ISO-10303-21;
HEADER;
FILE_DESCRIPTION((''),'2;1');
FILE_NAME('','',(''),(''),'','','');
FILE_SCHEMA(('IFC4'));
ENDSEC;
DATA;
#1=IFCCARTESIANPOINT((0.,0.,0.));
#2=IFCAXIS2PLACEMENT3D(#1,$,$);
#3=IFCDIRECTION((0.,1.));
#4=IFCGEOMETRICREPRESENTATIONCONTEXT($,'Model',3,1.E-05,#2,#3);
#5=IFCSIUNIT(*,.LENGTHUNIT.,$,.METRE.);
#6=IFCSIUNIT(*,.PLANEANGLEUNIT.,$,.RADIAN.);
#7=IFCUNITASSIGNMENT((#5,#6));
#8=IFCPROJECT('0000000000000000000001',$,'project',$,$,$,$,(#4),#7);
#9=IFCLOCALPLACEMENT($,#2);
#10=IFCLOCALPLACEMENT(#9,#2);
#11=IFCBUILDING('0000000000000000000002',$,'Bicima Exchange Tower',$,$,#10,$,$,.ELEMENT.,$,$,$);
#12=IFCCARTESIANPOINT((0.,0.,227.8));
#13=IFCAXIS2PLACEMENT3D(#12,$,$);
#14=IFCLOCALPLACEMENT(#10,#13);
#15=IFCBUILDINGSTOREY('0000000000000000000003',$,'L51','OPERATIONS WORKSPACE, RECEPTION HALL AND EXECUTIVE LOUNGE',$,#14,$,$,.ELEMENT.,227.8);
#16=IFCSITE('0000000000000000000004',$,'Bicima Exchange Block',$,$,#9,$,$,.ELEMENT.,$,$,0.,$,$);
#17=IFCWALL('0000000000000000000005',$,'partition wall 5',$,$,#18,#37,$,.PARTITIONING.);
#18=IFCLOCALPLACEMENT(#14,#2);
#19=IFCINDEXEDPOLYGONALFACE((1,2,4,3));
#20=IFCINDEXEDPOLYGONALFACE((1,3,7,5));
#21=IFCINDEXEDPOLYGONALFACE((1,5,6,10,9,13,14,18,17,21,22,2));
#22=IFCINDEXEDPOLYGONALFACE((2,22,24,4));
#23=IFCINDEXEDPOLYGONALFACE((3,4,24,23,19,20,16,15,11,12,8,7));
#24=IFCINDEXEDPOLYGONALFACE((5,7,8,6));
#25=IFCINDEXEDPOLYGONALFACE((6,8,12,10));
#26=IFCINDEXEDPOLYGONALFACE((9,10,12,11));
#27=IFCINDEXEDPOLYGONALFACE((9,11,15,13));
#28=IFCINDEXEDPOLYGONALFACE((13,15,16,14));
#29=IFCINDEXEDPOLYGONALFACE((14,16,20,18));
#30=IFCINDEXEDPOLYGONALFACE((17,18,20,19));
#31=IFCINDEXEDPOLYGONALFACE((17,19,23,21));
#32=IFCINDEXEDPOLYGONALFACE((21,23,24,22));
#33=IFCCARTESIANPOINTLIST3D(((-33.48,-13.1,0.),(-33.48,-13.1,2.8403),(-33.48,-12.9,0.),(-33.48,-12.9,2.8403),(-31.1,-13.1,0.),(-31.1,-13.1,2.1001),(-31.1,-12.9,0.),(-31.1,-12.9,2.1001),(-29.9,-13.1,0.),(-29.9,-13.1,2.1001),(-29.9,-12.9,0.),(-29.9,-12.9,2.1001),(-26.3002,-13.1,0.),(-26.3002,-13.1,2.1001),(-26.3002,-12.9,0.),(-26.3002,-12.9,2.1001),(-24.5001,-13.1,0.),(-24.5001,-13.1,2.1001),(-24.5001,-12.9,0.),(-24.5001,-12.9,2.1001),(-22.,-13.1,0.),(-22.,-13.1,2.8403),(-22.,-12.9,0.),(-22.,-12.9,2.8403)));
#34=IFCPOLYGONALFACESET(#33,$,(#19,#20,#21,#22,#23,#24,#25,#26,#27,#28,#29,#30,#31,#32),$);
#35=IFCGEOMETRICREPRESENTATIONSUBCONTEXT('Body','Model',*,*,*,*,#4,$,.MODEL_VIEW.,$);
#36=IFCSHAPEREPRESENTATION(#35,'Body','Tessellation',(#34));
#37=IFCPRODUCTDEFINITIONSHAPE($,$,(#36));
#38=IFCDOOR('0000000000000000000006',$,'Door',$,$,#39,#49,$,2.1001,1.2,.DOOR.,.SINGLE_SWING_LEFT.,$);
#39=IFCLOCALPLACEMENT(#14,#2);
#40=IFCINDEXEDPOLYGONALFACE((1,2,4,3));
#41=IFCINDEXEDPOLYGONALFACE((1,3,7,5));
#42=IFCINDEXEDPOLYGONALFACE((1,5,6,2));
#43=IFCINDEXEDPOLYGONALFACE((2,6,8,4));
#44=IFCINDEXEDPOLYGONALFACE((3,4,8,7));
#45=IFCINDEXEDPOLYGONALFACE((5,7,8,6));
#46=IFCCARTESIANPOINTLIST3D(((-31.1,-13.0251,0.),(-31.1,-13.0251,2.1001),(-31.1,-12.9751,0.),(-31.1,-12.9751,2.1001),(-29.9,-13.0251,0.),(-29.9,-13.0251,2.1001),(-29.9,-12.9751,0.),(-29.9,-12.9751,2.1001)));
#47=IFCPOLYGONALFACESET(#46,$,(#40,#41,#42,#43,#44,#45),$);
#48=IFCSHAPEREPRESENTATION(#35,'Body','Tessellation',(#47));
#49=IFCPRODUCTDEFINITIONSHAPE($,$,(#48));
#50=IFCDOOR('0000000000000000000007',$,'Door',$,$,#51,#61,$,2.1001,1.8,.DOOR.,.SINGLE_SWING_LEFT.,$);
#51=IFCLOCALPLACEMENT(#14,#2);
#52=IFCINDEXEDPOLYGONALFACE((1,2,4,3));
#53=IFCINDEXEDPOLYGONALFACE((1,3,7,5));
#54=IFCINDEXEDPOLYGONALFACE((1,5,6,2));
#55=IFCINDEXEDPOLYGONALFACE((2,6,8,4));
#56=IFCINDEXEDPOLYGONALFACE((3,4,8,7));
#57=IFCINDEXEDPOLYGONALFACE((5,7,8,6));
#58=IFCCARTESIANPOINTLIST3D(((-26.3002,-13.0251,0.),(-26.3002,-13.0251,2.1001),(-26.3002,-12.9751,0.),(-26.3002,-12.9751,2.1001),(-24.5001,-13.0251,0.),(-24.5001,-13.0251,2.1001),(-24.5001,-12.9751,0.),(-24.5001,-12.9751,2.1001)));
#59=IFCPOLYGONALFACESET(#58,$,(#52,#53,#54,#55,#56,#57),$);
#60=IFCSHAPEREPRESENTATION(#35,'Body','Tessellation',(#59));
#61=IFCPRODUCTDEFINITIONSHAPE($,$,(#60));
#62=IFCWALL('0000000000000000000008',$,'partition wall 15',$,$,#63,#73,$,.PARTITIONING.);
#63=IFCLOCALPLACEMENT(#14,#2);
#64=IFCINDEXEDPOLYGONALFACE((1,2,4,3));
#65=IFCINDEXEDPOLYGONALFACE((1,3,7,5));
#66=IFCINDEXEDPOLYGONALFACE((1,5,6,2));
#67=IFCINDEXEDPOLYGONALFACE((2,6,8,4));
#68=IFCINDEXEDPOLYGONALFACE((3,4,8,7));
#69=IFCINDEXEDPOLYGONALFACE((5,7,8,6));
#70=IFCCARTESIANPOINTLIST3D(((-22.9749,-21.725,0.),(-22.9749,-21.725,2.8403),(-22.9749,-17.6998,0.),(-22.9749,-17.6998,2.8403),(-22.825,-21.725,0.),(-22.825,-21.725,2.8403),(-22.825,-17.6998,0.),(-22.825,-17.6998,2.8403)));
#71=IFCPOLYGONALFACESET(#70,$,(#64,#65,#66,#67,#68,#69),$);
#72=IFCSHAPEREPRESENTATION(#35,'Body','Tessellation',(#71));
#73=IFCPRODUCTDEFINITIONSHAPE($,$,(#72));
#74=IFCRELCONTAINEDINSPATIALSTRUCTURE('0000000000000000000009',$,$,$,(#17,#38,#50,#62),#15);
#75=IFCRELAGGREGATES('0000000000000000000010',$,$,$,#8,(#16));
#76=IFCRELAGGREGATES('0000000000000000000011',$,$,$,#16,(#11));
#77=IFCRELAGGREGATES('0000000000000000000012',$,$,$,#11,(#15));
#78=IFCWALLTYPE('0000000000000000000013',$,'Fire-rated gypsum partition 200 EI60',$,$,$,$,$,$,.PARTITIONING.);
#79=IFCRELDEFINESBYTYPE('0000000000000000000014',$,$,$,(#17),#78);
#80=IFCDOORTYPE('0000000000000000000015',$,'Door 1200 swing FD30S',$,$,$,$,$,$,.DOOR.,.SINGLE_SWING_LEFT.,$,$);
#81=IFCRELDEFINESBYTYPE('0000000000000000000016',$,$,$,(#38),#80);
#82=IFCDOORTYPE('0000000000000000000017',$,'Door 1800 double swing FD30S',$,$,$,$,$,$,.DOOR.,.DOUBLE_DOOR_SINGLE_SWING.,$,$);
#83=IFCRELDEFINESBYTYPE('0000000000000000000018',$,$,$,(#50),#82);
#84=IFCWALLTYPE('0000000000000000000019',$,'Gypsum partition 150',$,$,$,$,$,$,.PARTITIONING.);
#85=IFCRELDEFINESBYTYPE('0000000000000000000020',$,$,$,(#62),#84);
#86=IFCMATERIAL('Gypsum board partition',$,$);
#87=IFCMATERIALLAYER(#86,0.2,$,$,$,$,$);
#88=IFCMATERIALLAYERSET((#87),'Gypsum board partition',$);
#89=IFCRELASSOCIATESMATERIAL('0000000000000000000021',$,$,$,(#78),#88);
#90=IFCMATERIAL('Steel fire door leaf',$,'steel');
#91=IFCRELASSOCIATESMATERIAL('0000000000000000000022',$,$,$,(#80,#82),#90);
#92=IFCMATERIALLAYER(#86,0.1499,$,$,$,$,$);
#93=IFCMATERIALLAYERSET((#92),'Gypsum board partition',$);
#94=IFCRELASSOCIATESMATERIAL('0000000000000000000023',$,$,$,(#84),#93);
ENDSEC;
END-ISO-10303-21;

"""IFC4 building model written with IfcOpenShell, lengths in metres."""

from ifc_helpers import new_model, si_unit, direction, frame, frame_2d, origin, place, context, subcontext, project, spatial, rectangle, extrude, material, layer, layer_set, type_object, element, fill, save


model = new_model("IFC4")

# Units and contexts
model_context = context("Model", 3, precision=1e-05, world=origin(), true_north=direction((0.0, 1.0)))
body_context = subcontext(model_context, "Body", "Model", "MODEL_VIEW")
ifc_project = project(units=[si_unit("LENGTHUNIT", "METRE"), si_unit("PLANEANGLEUNIT", "RADIAN")], contexts=[model_context])

# Site, building, storey
site_placement = place(None, origin())
site = spatial("IfcSite", under=ifc_project, at=site_placement, Name="Bicima Exchange Block", CompositionType="ELEMENT", RefElevation=0.0)
building_placement = place(site_placement, origin())
building = spatial("IfcBuilding", under=site, at=building_placement, Name="Bicima Exchange Tower", CompositionType="ELEMENT")
storey_placement = place(building_placement, frame((0.0, 0.0, 227.8)))
storey = spatial("IfcBuildingStorey", under=building, at=storey_placement, Name="L51", Description="OPERATIONS WORKSPACE, RECEPTION HALL AND EXECUTIVE LOUNGE", CompositionType="ELEMENT", Elevation=227.8)

# Shared definitions
ifc_material_1 = material(Name="Gypsum board partition")
ifc_layer_1 = layer(ifc_material_1, 0.2)
ifc_layer_set_1 = layer_set([ifc_layer_1], Name="Gypsum board partition")
wall_type_1 = type_object("IfcWallType", Name="Fire-rated gypsum partition 200 EI60", PredefinedType="PARTITIONING", material=ifc_layer_set_1)
ifc_material_2 = material(Name="Steel fire door leaf", Category="steel")

# Wall, openings, doors
wall_1_placement = place(storey_placement, frame((-33.48, -13.0, 0.0), z_axis=(0.0, 0.0, 1.0), x_axis=(1.0, 0.0, 0.0)))
wall_1 = element("IfcWall", 1, at=wall_1_placement, inside=storey, type_object=wall_type_1, Name="partition wall 5", PredefinedType="PARTITIONING", context=body_context, shape_type="SweptSolid", body=[
    extrude(rectangle(XDim=11.48, YDim=0.2, at=frame_2d((5.74, 0.0))), origin(), (0.0, 0.0, 1.0), 2.8403),
])
opening_1_placement = place(wall_1_placement, frame((2.3799, 0.0, 0.0)))
opening_1 = element("IfcOpeningElement", 2, at=opening_1_placement, cuts=wall_1, PredefinedType="OPENING", context=body_context, shape_type="SweptSolid", body=[
    extrude(rectangle(XDim=1.2, YDim=2.1001, at=frame_2d((0.6001, 1.05))), frame((0.0, 0.1118, 0.0), z_axis=(0.0, -1.0, 0.0), x_axis=(1.0, 0.0, 0.0)), (0.0, 0.0, 1.0), 0.2239),
])
opening_2_placement = place(wall_1_placement, frame((7.1799, 0.0, 0.0)))
opening_2 = element("IfcOpeningElement", 3, at=opening_2_placement, cuts=wall_1, PredefinedType="OPENING", context=body_context, shape_type="SweptSolid", body=[
    extrude(rectangle(XDim=1.8, YDim=2.1001, at=frame_2d((0.8999, 1.05))), frame((0.0, 0.1118, 0.0), z_axis=(0.0, -1.0, 0.0), x_axis=(1.0, 0.0, 0.0)), (0.0, 0.0, 1.0), 0.2239),
])
door_type_1 = type_object("IfcDoorType", Name="Door 1200 swing FD30S", OperationType="SINGLE_SWING_LEFT", PredefinedType="DOOR", material=ifc_material_2)
door_1_placement = place(opening_1_placement, origin())
door_1 = element("IfcDoor", 4, at=door_1_placement, inside=storey, type_object=door_type_1, Name="Door", OperationType="SINGLE_SWING_LEFT", OverallHeight=2.1001, OverallWidth=1.2, PredefinedType="DOOR", context=body_context, shape_type="SweptSolid", body=[
    extrude(rectangle(XDim=1.2, YDim=2.1001, at=frame_2d((0.6001, 1.05))), frame((0.0, 0.0249, 0.0), z_axis=(0.0, -1.0, 0.0), x_axis=(1.0, 0.0, 0.0)), (0.0, 0.0, 1.0), 0.05),
])
fill(opening_1, door_1)
door_type_2 = type_object("IfcDoorType", Name="Door 1800 double swing FD30S", OperationType="DOUBLE_DOOR_SINGLE_SWING", PredefinedType="DOOR", material=ifc_material_2)
door_2_placement = place(opening_2_placement, origin())
door_2 = element("IfcDoor", 5, at=door_2_placement, inside=storey, type_object=door_type_2, Name="Door", OperationType="SINGLE_SWING_LEFT", OverallHeight=2.1001, OverallWidth=1.8, PredefinedType="DOOR", context=body_context, shape_type="SweptSolid", body=[
    extrude(rectangle(XDim=1.8, YDim=2.1001, at=frame_2d((0.8999, 1.05))), frame((0.0, 0.0249, 0.0), z_axis=(0.0, -1.0, 0.0), x_axis=(1.0, 0.0, 0.0)), (0.0, 0.0, 1.0), 0.05),
])
fill(opening_2, door_2)

# Wall
ifc_layer_2 = layer(ifc_material_1, 0.1499)
ifc_layer_set_2 = layer_set([ifc_layer_2], Name="Gypsum board partition")
wall_type_2 = type_object("IfcWallType", Name="Gypsum partition 150", PredefinedType="PARTITIONING", material=ifc_layer_set_2)
wall_2_placement = place(storey_placement, frame((-22.8999, -21.7251, 0.0), z_axis=(0.0, 0.0, 1.0), x_axis=(0.0, 1.0, 0.0)))
element("IfcWall", 6, at=wall_2_placement, inside=storey, type_object=wall_type_2, Name="partition wall 15", PredefinedType="PARTITIONING", context=body_context, shape_type="SweptSolid", body=[
    extrude(rectangle(XDim=4.0251, YDim=0.1499, at=frame_2d((2.0127, 0.0))), origin(), (0.0, 0.0, 1.0), 2.8403),
])

save(model, "model.ifc")
